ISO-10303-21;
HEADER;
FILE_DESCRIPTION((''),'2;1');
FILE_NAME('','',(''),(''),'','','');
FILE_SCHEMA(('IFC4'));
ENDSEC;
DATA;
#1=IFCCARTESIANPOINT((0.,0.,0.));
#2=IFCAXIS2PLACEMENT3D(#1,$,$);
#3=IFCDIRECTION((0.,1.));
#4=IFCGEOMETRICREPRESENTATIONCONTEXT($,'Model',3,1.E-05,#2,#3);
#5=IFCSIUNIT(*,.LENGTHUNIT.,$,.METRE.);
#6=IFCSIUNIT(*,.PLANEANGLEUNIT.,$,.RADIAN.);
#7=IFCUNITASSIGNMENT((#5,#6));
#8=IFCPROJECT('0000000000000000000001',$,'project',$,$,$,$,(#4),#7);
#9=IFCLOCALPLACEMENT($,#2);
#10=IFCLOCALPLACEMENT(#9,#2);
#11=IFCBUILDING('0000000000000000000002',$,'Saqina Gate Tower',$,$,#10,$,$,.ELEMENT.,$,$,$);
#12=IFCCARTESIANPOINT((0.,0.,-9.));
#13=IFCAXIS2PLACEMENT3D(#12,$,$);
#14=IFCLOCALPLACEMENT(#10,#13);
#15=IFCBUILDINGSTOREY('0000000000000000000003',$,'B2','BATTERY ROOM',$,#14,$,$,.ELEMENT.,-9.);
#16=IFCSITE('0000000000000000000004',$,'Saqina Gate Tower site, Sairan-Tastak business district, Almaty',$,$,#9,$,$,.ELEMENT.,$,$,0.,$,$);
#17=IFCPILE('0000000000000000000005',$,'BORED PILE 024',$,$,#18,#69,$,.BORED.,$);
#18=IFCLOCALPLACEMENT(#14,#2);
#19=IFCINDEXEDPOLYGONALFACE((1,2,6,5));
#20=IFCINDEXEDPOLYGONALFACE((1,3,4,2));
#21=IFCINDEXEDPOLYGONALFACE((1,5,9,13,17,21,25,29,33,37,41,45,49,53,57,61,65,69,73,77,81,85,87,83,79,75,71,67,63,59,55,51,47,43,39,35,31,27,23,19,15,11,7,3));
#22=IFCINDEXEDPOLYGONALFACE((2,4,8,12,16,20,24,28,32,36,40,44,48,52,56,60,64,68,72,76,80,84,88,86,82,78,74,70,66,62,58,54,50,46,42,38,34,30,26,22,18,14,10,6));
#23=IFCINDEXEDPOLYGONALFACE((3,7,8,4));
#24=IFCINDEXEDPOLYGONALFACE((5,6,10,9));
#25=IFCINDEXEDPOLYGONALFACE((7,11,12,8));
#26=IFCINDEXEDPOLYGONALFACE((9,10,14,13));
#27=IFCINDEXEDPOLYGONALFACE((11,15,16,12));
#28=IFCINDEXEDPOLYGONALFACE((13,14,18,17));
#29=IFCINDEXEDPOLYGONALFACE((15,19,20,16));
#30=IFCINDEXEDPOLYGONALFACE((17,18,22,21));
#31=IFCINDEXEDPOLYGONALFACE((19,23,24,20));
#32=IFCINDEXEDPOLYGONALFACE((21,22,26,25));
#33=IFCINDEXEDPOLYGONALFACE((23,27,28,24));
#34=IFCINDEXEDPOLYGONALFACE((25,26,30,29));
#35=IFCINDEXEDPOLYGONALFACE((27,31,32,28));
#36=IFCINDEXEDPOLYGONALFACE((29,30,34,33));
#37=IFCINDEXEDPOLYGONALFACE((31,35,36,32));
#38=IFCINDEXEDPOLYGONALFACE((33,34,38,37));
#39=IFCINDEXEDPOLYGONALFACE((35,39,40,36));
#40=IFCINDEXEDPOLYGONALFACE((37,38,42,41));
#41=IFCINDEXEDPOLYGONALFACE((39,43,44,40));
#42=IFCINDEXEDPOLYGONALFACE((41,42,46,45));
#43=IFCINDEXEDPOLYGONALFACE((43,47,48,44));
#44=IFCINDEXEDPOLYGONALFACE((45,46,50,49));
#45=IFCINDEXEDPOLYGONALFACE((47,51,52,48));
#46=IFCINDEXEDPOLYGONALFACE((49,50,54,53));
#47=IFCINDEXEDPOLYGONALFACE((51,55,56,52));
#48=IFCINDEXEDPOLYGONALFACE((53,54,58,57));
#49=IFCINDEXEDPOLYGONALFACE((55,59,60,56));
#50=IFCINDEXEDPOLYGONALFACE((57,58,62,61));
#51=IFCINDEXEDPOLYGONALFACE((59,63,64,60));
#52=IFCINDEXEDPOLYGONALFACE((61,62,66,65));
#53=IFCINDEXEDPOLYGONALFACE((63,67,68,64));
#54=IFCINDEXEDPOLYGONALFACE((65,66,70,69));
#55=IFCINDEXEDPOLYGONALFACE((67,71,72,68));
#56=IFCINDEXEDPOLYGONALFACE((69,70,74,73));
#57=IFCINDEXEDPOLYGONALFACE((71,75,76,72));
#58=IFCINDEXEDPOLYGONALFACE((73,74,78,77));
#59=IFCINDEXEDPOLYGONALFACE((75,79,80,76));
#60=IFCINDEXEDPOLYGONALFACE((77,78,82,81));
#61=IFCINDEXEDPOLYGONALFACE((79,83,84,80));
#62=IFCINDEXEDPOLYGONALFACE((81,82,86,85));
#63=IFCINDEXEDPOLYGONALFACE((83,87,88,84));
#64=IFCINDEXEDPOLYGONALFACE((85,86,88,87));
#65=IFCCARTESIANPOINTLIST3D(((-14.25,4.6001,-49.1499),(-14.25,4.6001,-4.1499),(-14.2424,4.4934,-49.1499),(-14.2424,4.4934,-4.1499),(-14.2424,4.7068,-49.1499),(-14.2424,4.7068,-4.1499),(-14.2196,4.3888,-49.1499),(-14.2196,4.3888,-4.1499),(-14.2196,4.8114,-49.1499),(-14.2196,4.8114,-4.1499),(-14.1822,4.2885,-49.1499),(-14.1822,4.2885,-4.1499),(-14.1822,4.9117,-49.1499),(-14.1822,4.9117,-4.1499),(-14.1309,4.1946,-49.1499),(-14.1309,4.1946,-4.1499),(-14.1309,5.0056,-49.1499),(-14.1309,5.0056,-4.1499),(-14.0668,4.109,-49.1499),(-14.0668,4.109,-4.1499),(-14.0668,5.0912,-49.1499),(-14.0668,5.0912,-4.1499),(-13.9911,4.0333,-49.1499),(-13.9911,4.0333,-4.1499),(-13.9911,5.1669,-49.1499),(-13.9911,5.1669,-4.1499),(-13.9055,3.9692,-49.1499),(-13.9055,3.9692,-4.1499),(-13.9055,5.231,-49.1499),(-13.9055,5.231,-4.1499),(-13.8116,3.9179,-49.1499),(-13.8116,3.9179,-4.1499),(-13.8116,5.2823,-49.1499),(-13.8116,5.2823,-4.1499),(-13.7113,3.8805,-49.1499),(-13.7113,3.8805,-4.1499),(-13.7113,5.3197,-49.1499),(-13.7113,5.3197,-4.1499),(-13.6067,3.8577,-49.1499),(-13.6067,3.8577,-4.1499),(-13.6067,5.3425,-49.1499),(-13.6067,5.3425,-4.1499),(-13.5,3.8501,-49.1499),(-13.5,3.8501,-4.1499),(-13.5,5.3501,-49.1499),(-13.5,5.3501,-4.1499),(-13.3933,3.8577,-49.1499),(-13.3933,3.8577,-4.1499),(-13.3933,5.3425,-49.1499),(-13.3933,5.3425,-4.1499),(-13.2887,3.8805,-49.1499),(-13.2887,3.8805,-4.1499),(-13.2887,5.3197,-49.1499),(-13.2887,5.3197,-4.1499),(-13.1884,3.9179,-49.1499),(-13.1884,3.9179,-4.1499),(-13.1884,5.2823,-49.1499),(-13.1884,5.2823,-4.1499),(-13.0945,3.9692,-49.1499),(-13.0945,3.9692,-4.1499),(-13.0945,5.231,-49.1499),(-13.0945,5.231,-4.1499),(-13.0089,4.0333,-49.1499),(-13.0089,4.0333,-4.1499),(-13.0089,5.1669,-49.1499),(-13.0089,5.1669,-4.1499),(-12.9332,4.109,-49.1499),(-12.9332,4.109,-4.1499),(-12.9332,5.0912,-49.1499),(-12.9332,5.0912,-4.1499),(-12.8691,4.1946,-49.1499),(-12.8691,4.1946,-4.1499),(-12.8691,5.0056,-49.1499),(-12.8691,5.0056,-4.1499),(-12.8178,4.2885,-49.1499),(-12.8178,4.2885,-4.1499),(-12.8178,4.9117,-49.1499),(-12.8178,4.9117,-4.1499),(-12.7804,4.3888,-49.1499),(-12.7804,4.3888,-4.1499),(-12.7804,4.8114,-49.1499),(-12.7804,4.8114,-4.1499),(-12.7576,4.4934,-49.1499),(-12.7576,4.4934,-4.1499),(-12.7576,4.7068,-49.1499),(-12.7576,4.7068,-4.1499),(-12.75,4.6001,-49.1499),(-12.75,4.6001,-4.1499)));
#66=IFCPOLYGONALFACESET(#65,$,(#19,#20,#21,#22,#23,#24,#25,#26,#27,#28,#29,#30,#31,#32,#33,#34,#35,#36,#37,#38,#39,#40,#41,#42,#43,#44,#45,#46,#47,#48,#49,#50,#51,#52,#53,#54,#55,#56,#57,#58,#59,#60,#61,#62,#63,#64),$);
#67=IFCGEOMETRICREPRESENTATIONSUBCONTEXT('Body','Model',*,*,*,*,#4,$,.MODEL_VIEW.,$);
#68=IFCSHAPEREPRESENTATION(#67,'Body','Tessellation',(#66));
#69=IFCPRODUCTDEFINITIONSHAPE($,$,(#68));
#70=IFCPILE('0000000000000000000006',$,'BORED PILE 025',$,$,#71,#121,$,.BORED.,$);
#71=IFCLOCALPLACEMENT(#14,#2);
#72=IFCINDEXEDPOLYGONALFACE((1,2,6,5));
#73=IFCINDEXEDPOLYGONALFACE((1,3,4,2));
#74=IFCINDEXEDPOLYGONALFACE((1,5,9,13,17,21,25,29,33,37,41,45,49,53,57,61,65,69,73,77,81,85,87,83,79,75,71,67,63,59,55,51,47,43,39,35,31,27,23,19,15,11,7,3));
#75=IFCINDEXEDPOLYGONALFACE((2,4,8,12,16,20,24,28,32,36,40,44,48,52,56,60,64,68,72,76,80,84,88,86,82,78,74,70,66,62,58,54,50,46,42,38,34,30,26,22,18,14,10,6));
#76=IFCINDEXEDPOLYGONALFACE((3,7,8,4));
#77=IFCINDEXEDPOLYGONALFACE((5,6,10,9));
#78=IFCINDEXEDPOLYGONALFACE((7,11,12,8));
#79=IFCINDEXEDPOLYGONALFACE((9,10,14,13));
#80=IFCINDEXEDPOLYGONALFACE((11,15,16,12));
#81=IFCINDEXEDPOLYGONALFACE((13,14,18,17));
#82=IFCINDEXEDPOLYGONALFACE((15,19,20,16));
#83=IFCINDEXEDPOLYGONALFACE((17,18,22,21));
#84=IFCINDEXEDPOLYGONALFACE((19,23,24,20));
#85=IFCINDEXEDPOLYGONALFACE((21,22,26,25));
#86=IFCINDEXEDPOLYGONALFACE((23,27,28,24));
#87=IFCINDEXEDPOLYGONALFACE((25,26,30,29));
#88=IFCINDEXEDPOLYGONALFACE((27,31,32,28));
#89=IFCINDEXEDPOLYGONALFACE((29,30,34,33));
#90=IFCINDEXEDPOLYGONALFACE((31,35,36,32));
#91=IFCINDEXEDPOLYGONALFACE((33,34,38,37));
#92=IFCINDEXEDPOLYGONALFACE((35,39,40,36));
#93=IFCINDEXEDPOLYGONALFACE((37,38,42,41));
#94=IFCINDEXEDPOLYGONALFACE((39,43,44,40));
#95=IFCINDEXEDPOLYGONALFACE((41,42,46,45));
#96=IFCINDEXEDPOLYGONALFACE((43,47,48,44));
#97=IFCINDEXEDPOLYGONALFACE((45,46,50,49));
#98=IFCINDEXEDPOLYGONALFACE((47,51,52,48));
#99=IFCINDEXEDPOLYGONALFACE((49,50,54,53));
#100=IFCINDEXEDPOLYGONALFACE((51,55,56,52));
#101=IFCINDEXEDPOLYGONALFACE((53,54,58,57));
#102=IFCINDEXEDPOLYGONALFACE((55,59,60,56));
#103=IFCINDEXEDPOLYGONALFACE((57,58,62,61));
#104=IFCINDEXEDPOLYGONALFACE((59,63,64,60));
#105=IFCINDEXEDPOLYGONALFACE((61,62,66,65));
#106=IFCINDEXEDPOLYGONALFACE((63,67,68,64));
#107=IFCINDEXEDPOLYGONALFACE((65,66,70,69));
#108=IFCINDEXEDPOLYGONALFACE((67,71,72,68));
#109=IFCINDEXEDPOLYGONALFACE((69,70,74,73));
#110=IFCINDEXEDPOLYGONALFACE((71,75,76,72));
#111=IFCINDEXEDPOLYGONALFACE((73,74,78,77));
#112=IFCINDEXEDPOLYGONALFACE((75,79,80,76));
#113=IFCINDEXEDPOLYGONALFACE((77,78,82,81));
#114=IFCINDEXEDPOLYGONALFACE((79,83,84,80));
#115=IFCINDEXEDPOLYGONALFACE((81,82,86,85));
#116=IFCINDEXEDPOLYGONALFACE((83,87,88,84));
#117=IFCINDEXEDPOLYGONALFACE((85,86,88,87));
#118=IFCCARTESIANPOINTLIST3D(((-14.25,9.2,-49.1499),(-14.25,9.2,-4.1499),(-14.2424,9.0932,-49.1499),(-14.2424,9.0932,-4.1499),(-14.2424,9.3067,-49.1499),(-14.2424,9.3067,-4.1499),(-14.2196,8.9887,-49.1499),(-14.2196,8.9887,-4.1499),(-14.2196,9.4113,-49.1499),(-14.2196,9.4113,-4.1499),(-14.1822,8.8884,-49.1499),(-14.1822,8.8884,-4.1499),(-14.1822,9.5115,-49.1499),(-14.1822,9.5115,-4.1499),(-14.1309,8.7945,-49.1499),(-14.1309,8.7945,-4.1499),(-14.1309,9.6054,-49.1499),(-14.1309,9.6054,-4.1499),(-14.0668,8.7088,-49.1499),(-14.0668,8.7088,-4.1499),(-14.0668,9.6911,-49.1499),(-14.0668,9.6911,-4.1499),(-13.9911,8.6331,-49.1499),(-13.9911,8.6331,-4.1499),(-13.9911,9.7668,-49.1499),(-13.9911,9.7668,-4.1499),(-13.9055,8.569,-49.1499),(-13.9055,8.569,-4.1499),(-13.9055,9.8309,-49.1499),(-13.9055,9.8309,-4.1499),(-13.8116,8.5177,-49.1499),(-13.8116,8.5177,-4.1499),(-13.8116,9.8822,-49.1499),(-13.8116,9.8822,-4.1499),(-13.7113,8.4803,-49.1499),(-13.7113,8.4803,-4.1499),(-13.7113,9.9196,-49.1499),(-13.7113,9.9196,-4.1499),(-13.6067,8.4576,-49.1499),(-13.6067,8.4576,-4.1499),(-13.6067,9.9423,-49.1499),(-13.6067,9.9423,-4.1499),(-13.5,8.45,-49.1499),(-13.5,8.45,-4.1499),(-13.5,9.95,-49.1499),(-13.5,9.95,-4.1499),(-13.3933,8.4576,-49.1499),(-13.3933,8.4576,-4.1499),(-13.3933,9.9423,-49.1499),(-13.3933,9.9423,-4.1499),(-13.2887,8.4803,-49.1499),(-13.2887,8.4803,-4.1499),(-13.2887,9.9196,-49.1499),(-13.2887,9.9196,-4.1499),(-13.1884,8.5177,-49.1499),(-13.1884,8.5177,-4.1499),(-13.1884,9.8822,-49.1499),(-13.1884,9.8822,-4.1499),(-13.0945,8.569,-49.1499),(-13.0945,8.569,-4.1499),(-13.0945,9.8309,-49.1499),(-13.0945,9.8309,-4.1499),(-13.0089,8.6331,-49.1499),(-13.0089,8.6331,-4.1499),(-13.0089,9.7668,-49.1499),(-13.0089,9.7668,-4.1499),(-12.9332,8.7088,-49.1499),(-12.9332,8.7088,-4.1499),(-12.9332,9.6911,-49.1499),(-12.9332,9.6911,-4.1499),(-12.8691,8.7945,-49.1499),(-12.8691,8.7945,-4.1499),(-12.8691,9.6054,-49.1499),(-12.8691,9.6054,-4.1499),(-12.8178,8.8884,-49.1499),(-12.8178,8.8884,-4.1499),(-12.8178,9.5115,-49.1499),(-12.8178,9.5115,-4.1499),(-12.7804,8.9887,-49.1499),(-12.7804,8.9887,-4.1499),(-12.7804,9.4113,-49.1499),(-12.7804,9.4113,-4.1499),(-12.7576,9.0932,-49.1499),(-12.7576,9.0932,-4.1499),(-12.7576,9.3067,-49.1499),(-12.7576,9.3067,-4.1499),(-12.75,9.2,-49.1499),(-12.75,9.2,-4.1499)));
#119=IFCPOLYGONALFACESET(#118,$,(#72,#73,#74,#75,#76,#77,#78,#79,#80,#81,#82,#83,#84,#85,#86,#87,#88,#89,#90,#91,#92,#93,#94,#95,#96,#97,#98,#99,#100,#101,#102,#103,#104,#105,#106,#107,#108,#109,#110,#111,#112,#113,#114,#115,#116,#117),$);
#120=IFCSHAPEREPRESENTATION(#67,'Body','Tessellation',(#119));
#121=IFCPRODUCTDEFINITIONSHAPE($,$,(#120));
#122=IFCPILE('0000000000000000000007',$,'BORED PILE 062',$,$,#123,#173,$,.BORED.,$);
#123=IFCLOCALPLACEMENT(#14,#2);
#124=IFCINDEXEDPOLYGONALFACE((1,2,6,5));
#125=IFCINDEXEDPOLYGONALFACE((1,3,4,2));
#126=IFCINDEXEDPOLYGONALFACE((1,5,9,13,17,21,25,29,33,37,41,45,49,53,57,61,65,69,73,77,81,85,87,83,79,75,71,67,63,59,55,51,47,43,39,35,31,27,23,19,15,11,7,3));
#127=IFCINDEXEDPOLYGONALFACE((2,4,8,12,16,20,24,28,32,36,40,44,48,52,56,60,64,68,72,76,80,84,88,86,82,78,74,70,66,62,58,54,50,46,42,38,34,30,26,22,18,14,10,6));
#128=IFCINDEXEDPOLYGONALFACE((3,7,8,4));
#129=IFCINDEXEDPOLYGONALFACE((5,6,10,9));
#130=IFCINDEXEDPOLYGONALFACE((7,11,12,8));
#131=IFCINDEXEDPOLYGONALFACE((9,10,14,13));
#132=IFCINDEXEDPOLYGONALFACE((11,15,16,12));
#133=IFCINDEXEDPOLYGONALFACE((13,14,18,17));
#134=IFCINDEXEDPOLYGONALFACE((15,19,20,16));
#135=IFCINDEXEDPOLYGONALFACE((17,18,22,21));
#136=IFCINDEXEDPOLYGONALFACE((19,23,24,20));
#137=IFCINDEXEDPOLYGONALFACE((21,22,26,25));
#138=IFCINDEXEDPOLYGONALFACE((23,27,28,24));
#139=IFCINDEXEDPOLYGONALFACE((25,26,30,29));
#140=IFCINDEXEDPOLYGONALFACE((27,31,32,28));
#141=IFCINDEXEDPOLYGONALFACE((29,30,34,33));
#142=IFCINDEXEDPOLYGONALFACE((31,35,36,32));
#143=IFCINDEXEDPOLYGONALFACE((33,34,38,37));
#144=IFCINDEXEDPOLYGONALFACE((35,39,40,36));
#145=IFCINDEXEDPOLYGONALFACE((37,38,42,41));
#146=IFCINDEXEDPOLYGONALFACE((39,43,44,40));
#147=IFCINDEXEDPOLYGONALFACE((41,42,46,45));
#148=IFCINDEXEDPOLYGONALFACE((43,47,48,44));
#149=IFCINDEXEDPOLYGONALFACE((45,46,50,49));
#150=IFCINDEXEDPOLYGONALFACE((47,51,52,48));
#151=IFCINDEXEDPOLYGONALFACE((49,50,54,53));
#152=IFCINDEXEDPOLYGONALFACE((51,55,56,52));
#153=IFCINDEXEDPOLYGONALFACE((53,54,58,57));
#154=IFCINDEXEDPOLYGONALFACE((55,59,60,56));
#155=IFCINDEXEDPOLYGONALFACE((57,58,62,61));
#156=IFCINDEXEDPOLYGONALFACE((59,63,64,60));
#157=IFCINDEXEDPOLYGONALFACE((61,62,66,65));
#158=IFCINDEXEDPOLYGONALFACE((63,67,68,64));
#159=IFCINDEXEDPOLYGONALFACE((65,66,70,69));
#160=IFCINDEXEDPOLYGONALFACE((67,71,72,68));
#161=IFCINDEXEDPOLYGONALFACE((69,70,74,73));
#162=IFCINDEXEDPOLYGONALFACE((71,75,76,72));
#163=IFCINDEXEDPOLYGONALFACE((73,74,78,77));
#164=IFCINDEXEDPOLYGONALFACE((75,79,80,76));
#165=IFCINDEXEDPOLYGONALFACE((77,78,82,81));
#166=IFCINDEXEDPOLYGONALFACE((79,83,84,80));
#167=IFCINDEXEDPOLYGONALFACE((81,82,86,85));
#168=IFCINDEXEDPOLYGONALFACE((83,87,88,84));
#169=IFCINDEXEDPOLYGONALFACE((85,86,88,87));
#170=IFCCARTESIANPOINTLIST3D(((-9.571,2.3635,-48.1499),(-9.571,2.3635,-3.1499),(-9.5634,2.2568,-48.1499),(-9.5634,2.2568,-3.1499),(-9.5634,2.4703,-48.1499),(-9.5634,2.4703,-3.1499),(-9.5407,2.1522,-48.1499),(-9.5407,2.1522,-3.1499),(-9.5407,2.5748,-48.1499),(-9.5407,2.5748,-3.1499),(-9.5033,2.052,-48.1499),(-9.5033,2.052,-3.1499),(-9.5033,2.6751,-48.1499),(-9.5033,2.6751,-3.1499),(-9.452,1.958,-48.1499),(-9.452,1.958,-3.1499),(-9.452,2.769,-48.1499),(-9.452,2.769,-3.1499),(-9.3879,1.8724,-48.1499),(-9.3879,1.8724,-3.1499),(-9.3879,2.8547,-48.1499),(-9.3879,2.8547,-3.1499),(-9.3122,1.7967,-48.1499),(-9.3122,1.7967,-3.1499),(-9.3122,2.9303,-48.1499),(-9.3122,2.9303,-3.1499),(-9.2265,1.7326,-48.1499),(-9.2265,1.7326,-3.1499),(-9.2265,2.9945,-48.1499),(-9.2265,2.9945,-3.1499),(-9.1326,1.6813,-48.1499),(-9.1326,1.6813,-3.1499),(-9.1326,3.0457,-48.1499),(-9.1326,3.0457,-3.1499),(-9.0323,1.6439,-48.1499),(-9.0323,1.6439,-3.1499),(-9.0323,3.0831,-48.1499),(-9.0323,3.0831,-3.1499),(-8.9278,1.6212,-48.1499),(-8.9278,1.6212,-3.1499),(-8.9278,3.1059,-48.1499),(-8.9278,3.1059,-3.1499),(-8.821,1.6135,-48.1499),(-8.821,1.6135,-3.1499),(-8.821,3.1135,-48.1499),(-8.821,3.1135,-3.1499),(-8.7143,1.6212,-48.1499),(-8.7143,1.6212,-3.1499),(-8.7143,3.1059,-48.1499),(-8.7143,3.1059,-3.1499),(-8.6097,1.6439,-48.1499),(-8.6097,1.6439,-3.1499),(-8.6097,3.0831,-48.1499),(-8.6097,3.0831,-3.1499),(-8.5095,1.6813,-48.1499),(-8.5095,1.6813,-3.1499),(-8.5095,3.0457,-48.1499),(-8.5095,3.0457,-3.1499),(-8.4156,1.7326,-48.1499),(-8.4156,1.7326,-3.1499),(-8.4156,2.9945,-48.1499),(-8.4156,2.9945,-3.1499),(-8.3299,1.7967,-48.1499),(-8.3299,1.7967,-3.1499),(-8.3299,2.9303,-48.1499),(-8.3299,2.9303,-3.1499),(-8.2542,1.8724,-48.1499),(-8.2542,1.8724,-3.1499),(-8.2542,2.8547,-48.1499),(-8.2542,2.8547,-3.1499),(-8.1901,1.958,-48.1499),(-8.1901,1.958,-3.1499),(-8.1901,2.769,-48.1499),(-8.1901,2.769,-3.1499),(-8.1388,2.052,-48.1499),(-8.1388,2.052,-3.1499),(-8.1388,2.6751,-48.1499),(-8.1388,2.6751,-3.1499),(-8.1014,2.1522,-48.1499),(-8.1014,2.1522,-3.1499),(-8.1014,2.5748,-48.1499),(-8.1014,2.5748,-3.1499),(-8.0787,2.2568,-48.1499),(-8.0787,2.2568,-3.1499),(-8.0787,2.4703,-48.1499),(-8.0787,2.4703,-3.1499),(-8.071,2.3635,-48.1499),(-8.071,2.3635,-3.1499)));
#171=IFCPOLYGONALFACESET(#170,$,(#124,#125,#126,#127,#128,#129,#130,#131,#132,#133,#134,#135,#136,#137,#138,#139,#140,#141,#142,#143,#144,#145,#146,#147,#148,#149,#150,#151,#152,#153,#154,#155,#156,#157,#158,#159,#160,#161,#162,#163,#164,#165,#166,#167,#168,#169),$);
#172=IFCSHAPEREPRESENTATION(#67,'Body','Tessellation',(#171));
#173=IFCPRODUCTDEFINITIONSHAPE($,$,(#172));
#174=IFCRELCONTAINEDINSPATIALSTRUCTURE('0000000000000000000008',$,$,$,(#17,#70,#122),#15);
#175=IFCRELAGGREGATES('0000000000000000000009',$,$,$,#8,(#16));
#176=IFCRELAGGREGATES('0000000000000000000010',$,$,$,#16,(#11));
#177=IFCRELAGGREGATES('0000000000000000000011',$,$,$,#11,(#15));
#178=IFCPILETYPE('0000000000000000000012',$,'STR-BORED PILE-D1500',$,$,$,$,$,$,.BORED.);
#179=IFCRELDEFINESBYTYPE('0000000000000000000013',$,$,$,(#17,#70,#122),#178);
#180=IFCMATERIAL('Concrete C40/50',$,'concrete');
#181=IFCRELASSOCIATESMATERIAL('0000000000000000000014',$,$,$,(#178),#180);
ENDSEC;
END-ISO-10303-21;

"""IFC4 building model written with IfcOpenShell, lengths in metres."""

from ifc_helpers import new_model, si_unit, direction, frame, origin, origin_2d, place, context, subcontext, project, spatial, circle, extrude, material, material_profile, profile_set, type_object, element, save


model = new_model("IFC4")

# Units and contexts
model_context = context("Model", 3, precision=1e-05, world=origin(), true_north=direction((0.0, 1.0)))
body_context = subcontext(model_context, "Body", "Model", "MODEL_VIEW")
ifc_project = project(units=[si_unit("LENGTHUNIT", "METRE"), si_unit("PLANEANGLEUNIT", "RADIAN")], contexts=[model_context])

# Site, building, storey
site_placement = place(None, origin())
site = spatial("IfcSite", under=ifc_project, at=site_placement, Name="Saqina Gate Tower site, Sairan-Tastak business district, Almaty", CompositionType="ELEMENT", RefElevation=0.0)
building_placement = place(site_placement, origin())
building = spatial("IfcBuilding", under=site, at=building_placement, Name="Saqina Gate Tower", CompositionType="ELEMENT")
storey_placement = place(building_placement, frame((0.0, 0.0, -9.0)))
storey = spatial("IfcBuildingStorey", under=building, at=storey_placement, Name="B2", Description="BATTERY ROOM", CompositionType="ELEMENT", Elevation=-9.0)

# Piles
ifc_material_1 = material(Name="Concrete C40/50", Category="concrete")
ifc_material_profile_1 = material_profile(ifc_material_1, circle(Radius=0.75, at=origin_2d()), Name="RC D1500")
ifc_profile_set_1 = profile_set([ifc_material_profile_1], Name="Concrete C40/50")
pile_type = type_object("IfcPileType", Name="STR-BORED PILE-D1500", PredefinedType="BORED", material=ifc_profile_set_1)
for number, where, z_axis, x_axis, name in (
    (1, (-13.5, 4.6001, -4.1499), (0.0, 0.0, -1.0), (1.0, 0.0, 0.0), "BORED PILE 024"),
    (2, (-13.5, 9.2, -4.1499), (0.0, 0.0, -1.0), (1.0, 0.0, 0.0), "BORED PILE 025"),
    (3, (-8.821, 2.3635, -3.1499), (0.0, 0.0, -1.0), (1.0, 0.0, 0.0), "BORED PILE 062"),
):
    element("IfcPile", number, at=place(storey_placement, frame(where, z_axis=z_axis, x_axis=x_axis)), inside=storey, type_object=pile_type, Name=name, PredefinedType="BORED", context=body_context, shape_type="SweptSolid", body=[
        extrude(circle(Radius=0.75, at=origin_2d()), origin(), (0.0, 0.0, 1.0), 45.0),
    ])

save(model, "model.ifc")
